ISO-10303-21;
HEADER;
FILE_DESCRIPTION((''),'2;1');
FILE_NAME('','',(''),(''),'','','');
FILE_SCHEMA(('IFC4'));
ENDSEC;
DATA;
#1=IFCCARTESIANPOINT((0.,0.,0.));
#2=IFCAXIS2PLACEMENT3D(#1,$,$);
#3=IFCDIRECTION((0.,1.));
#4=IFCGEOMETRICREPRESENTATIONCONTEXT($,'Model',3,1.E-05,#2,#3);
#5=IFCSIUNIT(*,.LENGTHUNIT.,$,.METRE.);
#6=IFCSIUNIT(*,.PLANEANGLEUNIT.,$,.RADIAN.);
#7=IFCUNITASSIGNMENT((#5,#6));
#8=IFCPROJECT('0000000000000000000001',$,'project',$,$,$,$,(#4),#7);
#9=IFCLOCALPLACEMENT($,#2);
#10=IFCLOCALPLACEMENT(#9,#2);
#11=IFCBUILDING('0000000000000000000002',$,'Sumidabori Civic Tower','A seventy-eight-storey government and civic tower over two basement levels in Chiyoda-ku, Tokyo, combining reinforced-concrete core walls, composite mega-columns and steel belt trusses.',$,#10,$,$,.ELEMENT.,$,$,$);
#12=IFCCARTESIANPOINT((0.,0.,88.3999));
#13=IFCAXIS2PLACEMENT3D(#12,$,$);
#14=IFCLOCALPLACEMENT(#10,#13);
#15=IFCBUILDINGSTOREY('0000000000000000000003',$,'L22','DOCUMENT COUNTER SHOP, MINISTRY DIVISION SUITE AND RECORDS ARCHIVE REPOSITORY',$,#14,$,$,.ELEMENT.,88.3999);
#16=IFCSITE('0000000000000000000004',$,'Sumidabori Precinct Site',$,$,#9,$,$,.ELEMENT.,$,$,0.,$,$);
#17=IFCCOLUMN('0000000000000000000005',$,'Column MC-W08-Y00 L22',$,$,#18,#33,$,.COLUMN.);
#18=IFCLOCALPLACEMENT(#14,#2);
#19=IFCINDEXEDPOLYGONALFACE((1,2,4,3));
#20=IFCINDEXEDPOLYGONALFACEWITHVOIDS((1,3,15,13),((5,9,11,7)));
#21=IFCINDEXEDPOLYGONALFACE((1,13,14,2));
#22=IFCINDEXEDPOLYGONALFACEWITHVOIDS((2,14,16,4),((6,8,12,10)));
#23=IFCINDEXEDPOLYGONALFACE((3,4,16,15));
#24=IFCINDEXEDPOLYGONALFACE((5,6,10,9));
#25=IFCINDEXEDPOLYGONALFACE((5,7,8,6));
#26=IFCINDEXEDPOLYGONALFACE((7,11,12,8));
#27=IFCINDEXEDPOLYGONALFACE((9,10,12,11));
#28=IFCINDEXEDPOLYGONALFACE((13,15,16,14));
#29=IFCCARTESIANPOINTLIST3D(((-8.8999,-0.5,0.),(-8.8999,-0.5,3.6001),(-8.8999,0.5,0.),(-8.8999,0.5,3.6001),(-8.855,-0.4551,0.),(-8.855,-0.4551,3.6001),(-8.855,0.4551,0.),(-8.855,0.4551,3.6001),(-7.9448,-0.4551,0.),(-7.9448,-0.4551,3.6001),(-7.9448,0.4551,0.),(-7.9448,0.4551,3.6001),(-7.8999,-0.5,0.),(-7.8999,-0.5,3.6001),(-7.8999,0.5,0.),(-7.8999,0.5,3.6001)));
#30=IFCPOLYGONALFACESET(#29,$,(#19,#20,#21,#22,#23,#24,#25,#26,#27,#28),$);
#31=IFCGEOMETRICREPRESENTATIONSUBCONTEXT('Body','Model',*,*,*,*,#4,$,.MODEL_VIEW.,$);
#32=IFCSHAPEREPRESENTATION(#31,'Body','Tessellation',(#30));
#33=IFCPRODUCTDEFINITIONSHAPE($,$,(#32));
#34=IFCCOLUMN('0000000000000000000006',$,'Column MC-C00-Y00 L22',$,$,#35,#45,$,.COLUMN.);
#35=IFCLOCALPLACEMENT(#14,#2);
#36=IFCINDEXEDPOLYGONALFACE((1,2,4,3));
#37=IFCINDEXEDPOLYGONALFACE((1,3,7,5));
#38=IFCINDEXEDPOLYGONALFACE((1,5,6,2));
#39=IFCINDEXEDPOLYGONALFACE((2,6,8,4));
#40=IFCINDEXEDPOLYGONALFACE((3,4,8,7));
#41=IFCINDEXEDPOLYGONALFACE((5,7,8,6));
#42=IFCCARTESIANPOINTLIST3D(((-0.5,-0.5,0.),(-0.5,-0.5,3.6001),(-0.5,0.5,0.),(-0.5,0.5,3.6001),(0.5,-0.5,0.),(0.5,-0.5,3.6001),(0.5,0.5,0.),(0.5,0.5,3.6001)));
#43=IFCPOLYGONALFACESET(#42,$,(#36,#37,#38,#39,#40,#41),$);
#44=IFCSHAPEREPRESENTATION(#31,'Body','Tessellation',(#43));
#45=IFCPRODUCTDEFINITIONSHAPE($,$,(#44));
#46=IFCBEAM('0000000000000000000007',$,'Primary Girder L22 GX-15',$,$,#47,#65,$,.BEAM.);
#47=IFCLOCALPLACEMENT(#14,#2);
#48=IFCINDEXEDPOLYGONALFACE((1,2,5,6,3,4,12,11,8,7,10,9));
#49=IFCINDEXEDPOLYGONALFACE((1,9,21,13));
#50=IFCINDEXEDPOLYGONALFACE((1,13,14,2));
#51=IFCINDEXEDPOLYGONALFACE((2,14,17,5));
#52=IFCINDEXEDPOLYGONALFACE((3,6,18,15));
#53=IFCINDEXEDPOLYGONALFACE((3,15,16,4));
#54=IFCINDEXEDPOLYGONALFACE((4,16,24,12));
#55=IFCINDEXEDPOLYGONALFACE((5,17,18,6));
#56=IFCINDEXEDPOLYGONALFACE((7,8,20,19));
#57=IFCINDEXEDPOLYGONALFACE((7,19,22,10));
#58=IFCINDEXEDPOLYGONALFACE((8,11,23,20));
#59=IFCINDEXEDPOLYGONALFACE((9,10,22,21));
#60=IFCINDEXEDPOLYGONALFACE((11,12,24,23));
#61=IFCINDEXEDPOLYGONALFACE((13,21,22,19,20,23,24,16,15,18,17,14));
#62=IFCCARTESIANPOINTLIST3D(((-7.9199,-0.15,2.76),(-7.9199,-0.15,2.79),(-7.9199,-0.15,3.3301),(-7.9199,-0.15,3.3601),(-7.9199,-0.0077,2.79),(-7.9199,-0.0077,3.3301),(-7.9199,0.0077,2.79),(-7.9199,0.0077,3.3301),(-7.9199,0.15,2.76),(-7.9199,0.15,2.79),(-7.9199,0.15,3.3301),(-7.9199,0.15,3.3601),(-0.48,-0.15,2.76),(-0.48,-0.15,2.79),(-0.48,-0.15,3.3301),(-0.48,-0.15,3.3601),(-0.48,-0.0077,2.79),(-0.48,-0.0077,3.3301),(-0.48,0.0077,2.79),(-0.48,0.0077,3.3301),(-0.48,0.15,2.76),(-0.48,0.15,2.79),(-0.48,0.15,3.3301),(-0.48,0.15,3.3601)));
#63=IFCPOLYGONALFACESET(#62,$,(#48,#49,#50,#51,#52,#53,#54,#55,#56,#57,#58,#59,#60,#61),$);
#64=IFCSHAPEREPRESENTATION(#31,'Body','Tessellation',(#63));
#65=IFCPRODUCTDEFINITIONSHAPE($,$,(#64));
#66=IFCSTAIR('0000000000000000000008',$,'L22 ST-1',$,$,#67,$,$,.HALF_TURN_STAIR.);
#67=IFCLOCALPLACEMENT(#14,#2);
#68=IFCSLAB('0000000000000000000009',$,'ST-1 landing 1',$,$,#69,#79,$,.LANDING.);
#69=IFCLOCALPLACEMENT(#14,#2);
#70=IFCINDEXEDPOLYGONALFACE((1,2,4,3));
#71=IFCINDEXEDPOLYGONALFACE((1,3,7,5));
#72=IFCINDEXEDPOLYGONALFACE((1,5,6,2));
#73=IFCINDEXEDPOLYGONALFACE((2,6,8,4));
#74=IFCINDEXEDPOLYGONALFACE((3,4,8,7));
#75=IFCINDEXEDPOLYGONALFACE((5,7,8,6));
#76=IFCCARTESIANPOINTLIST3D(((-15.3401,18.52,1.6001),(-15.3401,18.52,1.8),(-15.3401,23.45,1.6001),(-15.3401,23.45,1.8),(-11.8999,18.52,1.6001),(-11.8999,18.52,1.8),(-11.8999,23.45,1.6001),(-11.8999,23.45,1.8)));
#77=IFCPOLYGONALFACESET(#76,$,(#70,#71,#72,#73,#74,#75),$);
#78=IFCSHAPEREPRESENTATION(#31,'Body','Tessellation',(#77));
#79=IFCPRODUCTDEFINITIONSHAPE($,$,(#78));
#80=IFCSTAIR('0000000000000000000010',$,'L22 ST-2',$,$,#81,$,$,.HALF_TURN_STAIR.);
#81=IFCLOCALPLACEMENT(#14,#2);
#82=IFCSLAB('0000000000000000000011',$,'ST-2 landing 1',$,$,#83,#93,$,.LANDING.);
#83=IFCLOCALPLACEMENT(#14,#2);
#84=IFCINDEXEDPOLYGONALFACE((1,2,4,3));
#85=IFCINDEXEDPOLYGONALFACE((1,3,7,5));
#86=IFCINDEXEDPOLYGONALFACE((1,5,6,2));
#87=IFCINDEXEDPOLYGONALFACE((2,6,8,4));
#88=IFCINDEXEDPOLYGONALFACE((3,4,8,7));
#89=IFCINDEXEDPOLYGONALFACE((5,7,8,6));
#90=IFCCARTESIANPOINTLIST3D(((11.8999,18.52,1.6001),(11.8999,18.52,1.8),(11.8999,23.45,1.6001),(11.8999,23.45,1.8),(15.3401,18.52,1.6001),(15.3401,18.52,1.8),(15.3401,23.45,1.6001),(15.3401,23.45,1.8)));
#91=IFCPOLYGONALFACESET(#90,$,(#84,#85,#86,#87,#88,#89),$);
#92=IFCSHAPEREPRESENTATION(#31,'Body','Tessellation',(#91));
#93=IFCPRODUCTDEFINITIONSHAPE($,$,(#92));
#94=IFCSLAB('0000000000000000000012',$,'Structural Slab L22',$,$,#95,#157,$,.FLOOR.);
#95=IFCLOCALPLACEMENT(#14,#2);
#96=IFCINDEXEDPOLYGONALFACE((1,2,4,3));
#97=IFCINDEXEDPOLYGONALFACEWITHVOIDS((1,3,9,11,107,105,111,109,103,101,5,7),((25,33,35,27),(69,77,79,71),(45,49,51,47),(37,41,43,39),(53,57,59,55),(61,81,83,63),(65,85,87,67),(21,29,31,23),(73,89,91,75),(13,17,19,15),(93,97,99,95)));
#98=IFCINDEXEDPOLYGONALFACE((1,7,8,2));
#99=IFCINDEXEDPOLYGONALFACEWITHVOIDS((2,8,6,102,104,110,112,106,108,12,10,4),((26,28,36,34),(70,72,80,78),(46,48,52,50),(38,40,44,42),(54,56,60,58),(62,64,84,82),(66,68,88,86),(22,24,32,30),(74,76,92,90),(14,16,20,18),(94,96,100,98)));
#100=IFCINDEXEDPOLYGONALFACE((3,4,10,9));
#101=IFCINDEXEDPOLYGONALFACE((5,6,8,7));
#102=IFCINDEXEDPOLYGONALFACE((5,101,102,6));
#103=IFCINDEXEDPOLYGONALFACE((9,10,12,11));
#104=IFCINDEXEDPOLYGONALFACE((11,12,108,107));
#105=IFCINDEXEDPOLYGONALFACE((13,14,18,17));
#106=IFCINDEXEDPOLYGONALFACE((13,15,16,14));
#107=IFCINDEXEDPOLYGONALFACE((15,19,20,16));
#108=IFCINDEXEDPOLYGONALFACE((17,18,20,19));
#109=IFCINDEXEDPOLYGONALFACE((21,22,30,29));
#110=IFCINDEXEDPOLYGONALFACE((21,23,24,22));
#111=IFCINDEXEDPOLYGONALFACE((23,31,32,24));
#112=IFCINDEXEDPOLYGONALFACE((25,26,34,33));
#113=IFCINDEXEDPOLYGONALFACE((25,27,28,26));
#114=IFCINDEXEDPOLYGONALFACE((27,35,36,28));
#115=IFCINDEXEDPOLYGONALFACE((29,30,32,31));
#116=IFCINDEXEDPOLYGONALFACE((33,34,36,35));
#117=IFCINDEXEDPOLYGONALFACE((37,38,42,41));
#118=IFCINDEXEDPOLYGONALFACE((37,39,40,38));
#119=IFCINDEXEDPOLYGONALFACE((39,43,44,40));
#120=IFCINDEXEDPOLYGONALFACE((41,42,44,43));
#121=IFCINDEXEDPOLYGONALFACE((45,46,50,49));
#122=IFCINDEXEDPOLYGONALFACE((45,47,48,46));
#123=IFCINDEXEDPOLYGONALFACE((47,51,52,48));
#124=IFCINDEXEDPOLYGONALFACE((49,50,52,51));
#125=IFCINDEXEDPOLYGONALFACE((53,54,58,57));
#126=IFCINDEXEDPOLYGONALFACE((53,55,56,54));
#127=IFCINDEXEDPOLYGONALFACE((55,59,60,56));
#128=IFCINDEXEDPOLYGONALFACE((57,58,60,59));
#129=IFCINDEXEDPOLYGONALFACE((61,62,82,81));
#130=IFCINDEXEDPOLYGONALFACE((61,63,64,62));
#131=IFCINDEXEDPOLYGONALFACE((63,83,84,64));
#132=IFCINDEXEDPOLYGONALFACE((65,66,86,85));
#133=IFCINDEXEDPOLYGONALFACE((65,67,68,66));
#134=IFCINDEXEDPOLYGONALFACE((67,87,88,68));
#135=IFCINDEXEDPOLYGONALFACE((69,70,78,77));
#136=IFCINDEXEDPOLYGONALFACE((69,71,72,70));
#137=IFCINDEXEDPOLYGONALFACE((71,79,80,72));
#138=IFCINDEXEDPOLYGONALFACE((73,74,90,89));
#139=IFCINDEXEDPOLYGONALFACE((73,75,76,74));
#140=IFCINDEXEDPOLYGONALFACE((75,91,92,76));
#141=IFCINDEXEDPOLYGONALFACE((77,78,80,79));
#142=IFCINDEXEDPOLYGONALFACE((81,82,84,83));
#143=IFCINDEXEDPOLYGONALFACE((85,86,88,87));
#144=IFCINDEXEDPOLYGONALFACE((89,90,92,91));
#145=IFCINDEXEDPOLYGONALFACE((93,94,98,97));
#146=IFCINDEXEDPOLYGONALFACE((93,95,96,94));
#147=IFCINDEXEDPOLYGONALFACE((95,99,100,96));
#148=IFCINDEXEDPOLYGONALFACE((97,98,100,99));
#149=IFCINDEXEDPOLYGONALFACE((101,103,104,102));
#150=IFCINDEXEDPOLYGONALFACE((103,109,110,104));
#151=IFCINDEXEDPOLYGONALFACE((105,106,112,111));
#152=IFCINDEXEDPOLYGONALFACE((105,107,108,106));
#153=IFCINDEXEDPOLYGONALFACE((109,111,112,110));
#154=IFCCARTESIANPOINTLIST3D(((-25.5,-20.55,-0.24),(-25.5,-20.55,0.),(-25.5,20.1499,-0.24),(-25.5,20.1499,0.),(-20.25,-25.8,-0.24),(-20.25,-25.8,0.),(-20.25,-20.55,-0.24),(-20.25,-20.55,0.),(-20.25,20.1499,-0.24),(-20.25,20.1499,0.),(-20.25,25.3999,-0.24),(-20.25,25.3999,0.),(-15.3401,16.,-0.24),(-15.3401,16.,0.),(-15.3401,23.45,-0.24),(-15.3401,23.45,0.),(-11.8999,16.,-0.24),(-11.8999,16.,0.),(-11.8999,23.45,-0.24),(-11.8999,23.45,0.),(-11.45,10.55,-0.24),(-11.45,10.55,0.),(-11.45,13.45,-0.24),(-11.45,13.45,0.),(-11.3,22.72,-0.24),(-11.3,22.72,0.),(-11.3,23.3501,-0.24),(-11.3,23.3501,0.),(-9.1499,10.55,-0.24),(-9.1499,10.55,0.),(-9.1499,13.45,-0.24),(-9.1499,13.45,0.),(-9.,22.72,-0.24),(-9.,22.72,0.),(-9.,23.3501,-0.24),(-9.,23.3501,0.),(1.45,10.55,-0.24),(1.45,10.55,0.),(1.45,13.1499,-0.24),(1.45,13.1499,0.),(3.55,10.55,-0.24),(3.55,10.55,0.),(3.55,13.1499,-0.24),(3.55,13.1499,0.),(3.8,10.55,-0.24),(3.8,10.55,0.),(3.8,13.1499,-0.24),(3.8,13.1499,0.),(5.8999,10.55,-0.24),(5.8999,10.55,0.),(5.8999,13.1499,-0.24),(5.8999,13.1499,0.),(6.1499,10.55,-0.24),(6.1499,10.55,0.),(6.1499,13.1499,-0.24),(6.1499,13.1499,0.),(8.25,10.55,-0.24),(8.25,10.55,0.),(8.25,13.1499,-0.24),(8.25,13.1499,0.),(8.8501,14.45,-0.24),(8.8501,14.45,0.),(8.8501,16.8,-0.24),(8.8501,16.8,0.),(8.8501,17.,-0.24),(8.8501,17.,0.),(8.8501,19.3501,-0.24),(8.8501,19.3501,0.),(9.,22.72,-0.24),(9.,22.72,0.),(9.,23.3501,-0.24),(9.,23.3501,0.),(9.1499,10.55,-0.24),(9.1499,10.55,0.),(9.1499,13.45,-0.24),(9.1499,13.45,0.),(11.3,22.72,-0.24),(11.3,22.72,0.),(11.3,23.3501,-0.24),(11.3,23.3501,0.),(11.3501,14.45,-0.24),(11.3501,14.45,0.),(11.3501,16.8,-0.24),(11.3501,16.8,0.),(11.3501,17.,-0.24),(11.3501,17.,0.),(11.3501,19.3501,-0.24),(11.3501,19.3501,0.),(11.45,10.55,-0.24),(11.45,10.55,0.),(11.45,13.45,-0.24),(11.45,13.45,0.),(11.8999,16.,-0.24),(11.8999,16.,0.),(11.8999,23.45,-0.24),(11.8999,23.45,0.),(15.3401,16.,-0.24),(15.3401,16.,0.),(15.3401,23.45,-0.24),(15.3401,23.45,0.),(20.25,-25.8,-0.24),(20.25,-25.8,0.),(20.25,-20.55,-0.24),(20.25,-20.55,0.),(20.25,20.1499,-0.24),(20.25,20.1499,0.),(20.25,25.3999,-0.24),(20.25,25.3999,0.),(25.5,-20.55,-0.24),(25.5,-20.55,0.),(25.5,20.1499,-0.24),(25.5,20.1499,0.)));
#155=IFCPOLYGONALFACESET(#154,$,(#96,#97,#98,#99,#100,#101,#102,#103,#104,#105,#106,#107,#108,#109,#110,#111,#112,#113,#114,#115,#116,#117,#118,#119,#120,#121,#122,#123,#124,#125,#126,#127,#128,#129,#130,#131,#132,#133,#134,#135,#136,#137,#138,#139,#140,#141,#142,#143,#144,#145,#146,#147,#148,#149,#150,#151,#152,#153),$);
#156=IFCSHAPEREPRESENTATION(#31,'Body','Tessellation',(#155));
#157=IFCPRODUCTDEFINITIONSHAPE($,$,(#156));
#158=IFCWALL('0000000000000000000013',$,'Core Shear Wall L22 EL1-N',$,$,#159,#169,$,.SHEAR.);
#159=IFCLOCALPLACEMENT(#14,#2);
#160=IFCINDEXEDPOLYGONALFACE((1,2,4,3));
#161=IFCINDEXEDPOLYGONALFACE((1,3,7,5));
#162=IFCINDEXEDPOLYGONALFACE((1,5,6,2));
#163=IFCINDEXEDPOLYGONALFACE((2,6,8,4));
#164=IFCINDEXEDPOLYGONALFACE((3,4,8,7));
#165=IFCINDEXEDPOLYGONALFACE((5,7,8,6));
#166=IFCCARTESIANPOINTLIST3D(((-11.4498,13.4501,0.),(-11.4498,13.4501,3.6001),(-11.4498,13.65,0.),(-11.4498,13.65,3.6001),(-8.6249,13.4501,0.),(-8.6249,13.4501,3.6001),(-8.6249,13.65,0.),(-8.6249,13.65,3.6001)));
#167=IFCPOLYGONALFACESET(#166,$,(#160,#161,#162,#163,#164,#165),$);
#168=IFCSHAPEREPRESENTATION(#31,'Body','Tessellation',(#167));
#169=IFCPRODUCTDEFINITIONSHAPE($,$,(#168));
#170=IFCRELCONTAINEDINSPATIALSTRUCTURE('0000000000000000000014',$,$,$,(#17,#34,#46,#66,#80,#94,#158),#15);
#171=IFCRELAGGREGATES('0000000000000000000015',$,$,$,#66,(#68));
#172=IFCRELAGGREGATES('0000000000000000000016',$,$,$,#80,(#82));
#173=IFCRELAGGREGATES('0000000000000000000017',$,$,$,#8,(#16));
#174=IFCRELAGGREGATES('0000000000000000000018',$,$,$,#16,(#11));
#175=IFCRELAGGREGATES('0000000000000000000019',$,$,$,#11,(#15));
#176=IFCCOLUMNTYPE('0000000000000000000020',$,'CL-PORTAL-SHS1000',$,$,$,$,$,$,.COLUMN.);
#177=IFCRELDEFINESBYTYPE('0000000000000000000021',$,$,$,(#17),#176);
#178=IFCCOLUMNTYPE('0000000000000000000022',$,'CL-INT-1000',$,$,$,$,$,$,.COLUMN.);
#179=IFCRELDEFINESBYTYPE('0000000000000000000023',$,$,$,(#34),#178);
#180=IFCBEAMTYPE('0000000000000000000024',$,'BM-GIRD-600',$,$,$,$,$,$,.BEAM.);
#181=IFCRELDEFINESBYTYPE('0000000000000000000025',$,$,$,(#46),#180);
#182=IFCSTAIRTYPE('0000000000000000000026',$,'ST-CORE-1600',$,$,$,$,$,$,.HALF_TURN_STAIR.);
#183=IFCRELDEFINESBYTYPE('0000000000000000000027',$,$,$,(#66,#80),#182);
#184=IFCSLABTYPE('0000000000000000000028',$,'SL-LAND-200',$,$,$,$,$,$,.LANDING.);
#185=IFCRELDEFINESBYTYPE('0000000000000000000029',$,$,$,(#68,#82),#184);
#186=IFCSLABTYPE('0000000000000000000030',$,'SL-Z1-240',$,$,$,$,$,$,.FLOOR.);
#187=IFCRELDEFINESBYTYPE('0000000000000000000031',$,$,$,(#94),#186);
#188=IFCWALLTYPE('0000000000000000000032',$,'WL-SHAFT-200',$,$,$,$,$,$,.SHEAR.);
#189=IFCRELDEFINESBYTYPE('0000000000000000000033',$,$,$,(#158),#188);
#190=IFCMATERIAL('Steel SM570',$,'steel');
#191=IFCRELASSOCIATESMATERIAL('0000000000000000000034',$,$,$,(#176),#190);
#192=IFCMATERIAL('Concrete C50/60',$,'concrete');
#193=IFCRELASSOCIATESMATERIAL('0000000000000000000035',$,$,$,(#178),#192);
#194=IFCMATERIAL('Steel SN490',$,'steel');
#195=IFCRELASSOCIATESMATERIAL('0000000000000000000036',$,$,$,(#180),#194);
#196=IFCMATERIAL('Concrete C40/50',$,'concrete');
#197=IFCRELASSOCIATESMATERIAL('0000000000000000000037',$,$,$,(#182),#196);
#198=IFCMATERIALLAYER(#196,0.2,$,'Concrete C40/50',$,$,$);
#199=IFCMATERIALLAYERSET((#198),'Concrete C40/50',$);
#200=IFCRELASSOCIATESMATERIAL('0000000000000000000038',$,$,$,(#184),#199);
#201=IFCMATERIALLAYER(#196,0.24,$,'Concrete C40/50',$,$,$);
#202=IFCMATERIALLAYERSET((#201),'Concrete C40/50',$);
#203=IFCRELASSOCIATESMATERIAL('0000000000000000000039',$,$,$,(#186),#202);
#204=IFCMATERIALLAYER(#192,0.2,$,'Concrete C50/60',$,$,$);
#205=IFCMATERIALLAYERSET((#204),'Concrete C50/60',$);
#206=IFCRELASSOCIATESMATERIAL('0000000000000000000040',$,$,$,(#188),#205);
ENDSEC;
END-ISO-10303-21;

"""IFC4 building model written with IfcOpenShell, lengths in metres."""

from ifc_helpers import new_model, si_unit, direction, frame, frame_2d, origin, origin_with_axes, origin_2d, place, context, subcontext, project, spatial, polyline, rectangle, hollow_rectangle, i_section, outline, extrude, source, transform, mapped, material, layer, layer_set, material_profile, profile_set, type_object, element, aggregate, save


model = new_model("IFC4")

# Units and contexts
model_context = context("Model", 3, precision=1e-05, world=origin(), true_north=direction((0.0, 1.0)))
body_context = subcontext(model_context, "Body", "Model", "MODEL_VIEW")
ifc_project = project(units=[si_unit("LENGTHUNIT", "METRE"), si_unit("PLANEANGLEUNIT", "RADIAN")], contexts=[model_context])

# Site, building, storey
site_placement = place(None, origin())
site = spatial("IfcSite", under=ifc_project, at=site_placement, Name="Sumidabori Precinct Site", CompositionType="ELEMENT", RefElevation=0.0)
building_placement = place(site_placement, origin())
building = spatial("IfcBuilding", under=site, at=building_placement, Name="Sumidabori Civic Tower", Description="A seventy-eight-storey government and civic tower over two basement levels in Chiyoda-ku, Tokyo, combining reinforced-concrete core walls, composite mega-columns and steel belt trusses.", CompositionType="ELEMENT")
storey_placement = place(building_placement, frame((0.0, 0.0, 88.3999)))
storey = spatial("IfcBuildingStorey", under=building, at=storey_placement, Name="L22", Description="DOCUMENT COUNTER SHOP, MINISTRY DIVISION SUITE AND RECORDS ARCHIVE REPOSITORY", CompositionType="ELEMENT", Elevation=88.3999)

# Columns
ifc_material_1 = material(Name="Steel SM570", Category="steel")
ifc_material_profile_1 = material_profile(ifc_material_1, hollow_rectangle(XDim=1.0, YDim=1.0, WallThickness=0.0449, at=origin_2d()), Name="SHS 1000x1000x45")
ifc_profile_set_1 = profile_set([ifc_material_profile_1], Name="Steel SM570")
column_type_1 = type_object("IfcColumnType", Name="CL-PORTAL-SHS1000", PredefinedType="COLUMN", material=ifc_profile_set_1)
shared_shape_1 = source(origin(), body_context, "Body", "SweptSolid", [
    extrude(hollow_rectangle(XDim=1.0, YDim=1.0, WallThickness=0.0449, at=origin_2d()), origin(), (0.0, 0.0, 1.0), 3.6001),
])
column_1_placement = place(storey_placement, frame((-8.3999, 0.0, 0.0), z_axis=(0.0, 0.0, 1.0), x_axis=(1.0, 0.0, 0.0)))
element("IfcColumn", 1, at=column_1_placement, inside=storey, type_object=column_type_1, Name="Column MC-W08-Y00 L22", PredefinedType="COLUMN", context=body_context, shape_type="MappedRepresentation", body=[
    mapped(shared_shape_1, transform((0.0, 0.0, 0.0), x_axis=(1.0, 0.0, 0.0), y_axis=(0.0, 1.0, 0.0), z_axis=(0.0, 0.0, 1.0), scale=1.0)),
])
ifc_material_2 = material(Name="Concrete C50/60", Category="concrete")
ifc_material_profile_2 = material_profile(ifc_material_2, rectangle(XDim=1.0, YDim=1.0, at=origin_2d()), Name="RC 1000x1000")
ifc_profile_set_2 = profile_set([ifc_material_profile_2], Name="Concrete C50/60")
column_type_2 = type_object("IfcColumnType", Name="CL-INT-1000", PredefinedType="COLUMN", material=ifc_profile_set_2)
shared_shape_2 = source(origin(), body_context, "Body", "SweptSolid", [
    extrude(rectangle(XDim=1.0, YDim=1.0, at=origin_2d()), origin(), (0.0, 0.0, 1.0), 3.6001),
])
column_2_placement = place(storey_placement, origin_with_axes())
element("IfcColumn", 2, at=column_2_placement, inside=storey, type_object=column_type_2, Name="Column MC-C00-Y00 L22", PredefinedType="COLUMN", context=body_context, shape_type="MappedRepresentation", body=[
    mapped(shared_shape_2, transform((0.0, 0.0, 0.0), x_axis=(1.0, 0.0, 0.0), y_axis=(0.0, 1.0, 0.0), z_axis=(0.0, 0.0, 1.0), scale=1.0)),
])

# Beam
ifc_material_3 = material(Name="Steel SN490", Category="steel")
ifc_material_profile_3 = material_profile(ifc_material_3, i_section(OverallWidth=0.3, OverallDepth=0.6001, WebThickness=0.0154, FlangeThickness=0.03, at=origin_2d()), Name="HE 600 B")
ifc_profile_set_3 = profile_set([ifc_material_profile_3], Name="Steel SN490")
beam_type = type_object("IfcBeamType", Name="BM-GIRD-600", PredefinedType="BEAM", material=ifc_profile_set_3)
shared_shape_3 = source(origin(), body_context, "Body", "SweptSolid", [
    extrude(i_section(OverallWidth=0.3, OverallDepth=0.6001, WebThickness=0.0154, FlangeThickness=0.03, at=origin_2d()), origin(), (0.0, 0.0, 1.0), 7.4399),
])
beam_placement = place(storey_placement, frame((-7.9199, 0.0, 3.0601), z_axis=(1.0, 0.0, 0.0), x_axis=(0.0, 1.0, 0.0)))
element("IfcBeam", 3, at=beam_placement, inside=storey, type_object=beam_type, Name="Primary Girder L22 GX-15", PredefinedType="BEAM", context=body_context, shape_type="MappedRepresentation", body=[
    mapped(shared_shape_3, transform((0.0, 0.0, 0.0), x_axis=(1.0, 0.0, 0.0), y_axis=(0.0, 1.0, 0.0), z_axis=(0.0, 0.0, 1.0), scale=1.0)),
])

# Stairs, slabs
ifc_material_4 = material(Name="Concrete C40/50", Category="concrete")
stair_type = type_object("IfcStairType", Name="ST-CORE-1600", PredefinedType="HALF_TURN_STAIR", material=ifc_material_4)
stair_1_placement = place(storey_placement, origin())
stair_1 = element("IfcStair", 4, at=stair_1_placement, inside=storey, type_object=stair_type, Name="L22 ST-1", PredefinedType="HALF_TURN_STAIR")
ifc_layer_1 = layer(ifc_material_4, 0.2, Name="Concrete C40/50")
ifc_layer_set_1 = layer_set([ifc_layer_1], Name="Concrete C40/50")
slab_type_1 = type_object("IfcSlabType", Name="SL-LAND-200", PredefinedType="LANDING", material=ifc_layer_set_1)
slab_1_placement = place(storey_placement, frame((0.0, 0.0, 1.6001)))
slab_1 = element("IfcSlab", 5, at=slab_1_placement, type_object=slab_type_1, Name="ST-1 landing 1", PredefinedType="LANDING", context=body_context, shape_type="SweptSolid", body=[
    extrude(outline(polyline([(-11.8999, 18.52), (-11.8999, 23.45), (-15.3401, 23.45), (-15.3401, 18.52), (-11.8999, 18.52)])), origin(), (0.0, 0.0, 1.0), 0.2),
])
aggregate(stair_1, [slab_1])
stair_2_placement = place(storey_placement, origin())
stair_2 = element("IfcStair", 6, at=stair_2_placement, inside=storey, type_object=stair_type, Name="L22 ST-2", PredefinedType="HALF_TURN_STAIR")
slab_2_placement = place(storey_placement, frame((0.0, 0.0, 1.6001)))
slab_2 = element("IfcSlab", 7, at=slab_2_placement, type_object=slab_type_1, Name="ST-2 landing 1", PredefinedType="LANDING", context=body_context, shape_type="SweptSolid", body=[
    extrude(outline(polyline([(15.3401, 18.52), (15.3401, 23.45), (11.8999, 23.45), (11.8999, 18.52), (15.3401, 18.52)])), origin(), (0.0, 0.0, 1.0), 0.2),
])
aggregate(stair_2, [slab_2])

# Slab
ifc_layer_2 = layer(ifc_material_4, 0.24, Name="Concrete C40/50")
ifc_layer_set_2 = layer_set([ifc_layer_2], Name="Concrete C40/50")
slab_type_2 = type_object("IfcSlabType", Name="SL-Z1-240", PredefinedType="FLOOR", material=ifc_layer_set_2)
slab_3_placement = place(storey_placement, frame((0.0, 0.0, -0.24)))
element("IfcSlab", 8, at=slab_3_placement, inside=storey, type_object=slab_type_2, Name="Structural Slab L22", PredefinedType="FLOOR", context=body_context, shape_type="SweptSolid", body=[
    extrude(outline(polyline([(-20.25, -25.8), (20.25, -25.8), (20.25, -20.55), (25.5, -20.55), (25.5, 20.1499), (20.25, 20.1499), (20.25, 25.3999), (-20.25, 25.3999), (-20.25, 20.1499), (-25.5, 20.1499), (-25.5, -20.55), (-20.25, -20.55), (-20.25, -25.8)]), holes=[polyline([(-11.8999, 16.0), (-11.8999, 23.45), (-15.3401, 23.45), (-15.3401, 16.0), (-11.8999, 16.0)]), polyline([(15.3401, 16.0), (15.3401, 23.45), (11.8999, 23.45), (11.8999, 16.0), (15.3401, 16.0)]), polyline([(-11.45, 10.55), (-9.1499, 10.55), (-9.1499, 13.45), (-11.45, 13.45), (-11.45, 10.55)]), polyline([(9.1499, 10.55), (11.45, 10.55), (11.45, 13.45), (9.1499, 13.45), (9.1499, 10.55)]), polyline([(1.45, 10.55), (3.55, 10.55), (3.55, 13.1499), (1.45, 13.1499), (1.45, 10.55)]), polyline([(3.8, 10.55), (5.8999, 10.55), (5.8999, 13.1499), (3.8, 13.1499), (3.8, 10.55)]), polyline([(6.1499, 10.55), (8.25, 10.55), (8.25, 13.1499), (6.1499, 13.1499), (6.1499, 10.55)]), polyline([(8.8501, 14.45), (11.3501, 14.45), (11.3501, 16.8), (8.8501, 16.8), (8.8501, 14.45)]), polyline([(8.8501, 17.0), (11.3501, 17.0), (11.3501, 19.3501), (8.8501, 19.3501), (8.8501, 17.0)]), polyline([(-11.3, 22.72), (-9.0, 22.72), (-9.0, 23.3501), (-11.3, 23.3501), (-11.3, 22.72)]), polyline([(9.0, 22.72), (11.3, 22.72), (11.3, 23.3501), (9.0, 23.3501), (9.0, 22.72)])]), origin(), (0.0, 0.0, 1.0), 0.24),
])

# Wall
ifc_layer_3 = layer(ifc_material_2, 0.2, Name="Concrete C50/60")
ifc_layer_set_3 = layer_set([ifc_layer_3], Name="Concrete C50/60")
wall_type_1 = type_object("IfcWallType", Name="WL-SHAFT-200", PredefinedType="SHEAR", material=ifc_layer_set_3)
shared_shape_4 = source(origin(), body_context, "Body", "SweptSolid", [
    extrude(rectangle(XDim=2.825, YDim=0.2, at=frame_2d((1.4126, 0.0))), origin(), (0.0, 0.0, 1.0), 3.6001),
])
wall_1_placement = place(storey_placement, frame((-11.45, 13.55, 0.0), z_axis=(0.0, 0.0, 1.0), x_axis=(1.0, 0.0, 0.0)))
element("IfcWall", 9, at=wall_1_placement, inside=storey, type_object=wall_type_1, Name="Core Shear Wall L22 EL1-N", PredefinedType="SHEAR", context=body_context, shape_type="MappedRepresentation", body=[
    mapped(shared_shape_4, transform((0.0, 0.0, 0.0), x_axis=(1.0, 0.0, 0.0), y_axis=(0.0, 1.0, 0.0), z_axis=(0.0, 0.0, 1.0), scale=1.0)),
])

save(model, "model.ifc")
